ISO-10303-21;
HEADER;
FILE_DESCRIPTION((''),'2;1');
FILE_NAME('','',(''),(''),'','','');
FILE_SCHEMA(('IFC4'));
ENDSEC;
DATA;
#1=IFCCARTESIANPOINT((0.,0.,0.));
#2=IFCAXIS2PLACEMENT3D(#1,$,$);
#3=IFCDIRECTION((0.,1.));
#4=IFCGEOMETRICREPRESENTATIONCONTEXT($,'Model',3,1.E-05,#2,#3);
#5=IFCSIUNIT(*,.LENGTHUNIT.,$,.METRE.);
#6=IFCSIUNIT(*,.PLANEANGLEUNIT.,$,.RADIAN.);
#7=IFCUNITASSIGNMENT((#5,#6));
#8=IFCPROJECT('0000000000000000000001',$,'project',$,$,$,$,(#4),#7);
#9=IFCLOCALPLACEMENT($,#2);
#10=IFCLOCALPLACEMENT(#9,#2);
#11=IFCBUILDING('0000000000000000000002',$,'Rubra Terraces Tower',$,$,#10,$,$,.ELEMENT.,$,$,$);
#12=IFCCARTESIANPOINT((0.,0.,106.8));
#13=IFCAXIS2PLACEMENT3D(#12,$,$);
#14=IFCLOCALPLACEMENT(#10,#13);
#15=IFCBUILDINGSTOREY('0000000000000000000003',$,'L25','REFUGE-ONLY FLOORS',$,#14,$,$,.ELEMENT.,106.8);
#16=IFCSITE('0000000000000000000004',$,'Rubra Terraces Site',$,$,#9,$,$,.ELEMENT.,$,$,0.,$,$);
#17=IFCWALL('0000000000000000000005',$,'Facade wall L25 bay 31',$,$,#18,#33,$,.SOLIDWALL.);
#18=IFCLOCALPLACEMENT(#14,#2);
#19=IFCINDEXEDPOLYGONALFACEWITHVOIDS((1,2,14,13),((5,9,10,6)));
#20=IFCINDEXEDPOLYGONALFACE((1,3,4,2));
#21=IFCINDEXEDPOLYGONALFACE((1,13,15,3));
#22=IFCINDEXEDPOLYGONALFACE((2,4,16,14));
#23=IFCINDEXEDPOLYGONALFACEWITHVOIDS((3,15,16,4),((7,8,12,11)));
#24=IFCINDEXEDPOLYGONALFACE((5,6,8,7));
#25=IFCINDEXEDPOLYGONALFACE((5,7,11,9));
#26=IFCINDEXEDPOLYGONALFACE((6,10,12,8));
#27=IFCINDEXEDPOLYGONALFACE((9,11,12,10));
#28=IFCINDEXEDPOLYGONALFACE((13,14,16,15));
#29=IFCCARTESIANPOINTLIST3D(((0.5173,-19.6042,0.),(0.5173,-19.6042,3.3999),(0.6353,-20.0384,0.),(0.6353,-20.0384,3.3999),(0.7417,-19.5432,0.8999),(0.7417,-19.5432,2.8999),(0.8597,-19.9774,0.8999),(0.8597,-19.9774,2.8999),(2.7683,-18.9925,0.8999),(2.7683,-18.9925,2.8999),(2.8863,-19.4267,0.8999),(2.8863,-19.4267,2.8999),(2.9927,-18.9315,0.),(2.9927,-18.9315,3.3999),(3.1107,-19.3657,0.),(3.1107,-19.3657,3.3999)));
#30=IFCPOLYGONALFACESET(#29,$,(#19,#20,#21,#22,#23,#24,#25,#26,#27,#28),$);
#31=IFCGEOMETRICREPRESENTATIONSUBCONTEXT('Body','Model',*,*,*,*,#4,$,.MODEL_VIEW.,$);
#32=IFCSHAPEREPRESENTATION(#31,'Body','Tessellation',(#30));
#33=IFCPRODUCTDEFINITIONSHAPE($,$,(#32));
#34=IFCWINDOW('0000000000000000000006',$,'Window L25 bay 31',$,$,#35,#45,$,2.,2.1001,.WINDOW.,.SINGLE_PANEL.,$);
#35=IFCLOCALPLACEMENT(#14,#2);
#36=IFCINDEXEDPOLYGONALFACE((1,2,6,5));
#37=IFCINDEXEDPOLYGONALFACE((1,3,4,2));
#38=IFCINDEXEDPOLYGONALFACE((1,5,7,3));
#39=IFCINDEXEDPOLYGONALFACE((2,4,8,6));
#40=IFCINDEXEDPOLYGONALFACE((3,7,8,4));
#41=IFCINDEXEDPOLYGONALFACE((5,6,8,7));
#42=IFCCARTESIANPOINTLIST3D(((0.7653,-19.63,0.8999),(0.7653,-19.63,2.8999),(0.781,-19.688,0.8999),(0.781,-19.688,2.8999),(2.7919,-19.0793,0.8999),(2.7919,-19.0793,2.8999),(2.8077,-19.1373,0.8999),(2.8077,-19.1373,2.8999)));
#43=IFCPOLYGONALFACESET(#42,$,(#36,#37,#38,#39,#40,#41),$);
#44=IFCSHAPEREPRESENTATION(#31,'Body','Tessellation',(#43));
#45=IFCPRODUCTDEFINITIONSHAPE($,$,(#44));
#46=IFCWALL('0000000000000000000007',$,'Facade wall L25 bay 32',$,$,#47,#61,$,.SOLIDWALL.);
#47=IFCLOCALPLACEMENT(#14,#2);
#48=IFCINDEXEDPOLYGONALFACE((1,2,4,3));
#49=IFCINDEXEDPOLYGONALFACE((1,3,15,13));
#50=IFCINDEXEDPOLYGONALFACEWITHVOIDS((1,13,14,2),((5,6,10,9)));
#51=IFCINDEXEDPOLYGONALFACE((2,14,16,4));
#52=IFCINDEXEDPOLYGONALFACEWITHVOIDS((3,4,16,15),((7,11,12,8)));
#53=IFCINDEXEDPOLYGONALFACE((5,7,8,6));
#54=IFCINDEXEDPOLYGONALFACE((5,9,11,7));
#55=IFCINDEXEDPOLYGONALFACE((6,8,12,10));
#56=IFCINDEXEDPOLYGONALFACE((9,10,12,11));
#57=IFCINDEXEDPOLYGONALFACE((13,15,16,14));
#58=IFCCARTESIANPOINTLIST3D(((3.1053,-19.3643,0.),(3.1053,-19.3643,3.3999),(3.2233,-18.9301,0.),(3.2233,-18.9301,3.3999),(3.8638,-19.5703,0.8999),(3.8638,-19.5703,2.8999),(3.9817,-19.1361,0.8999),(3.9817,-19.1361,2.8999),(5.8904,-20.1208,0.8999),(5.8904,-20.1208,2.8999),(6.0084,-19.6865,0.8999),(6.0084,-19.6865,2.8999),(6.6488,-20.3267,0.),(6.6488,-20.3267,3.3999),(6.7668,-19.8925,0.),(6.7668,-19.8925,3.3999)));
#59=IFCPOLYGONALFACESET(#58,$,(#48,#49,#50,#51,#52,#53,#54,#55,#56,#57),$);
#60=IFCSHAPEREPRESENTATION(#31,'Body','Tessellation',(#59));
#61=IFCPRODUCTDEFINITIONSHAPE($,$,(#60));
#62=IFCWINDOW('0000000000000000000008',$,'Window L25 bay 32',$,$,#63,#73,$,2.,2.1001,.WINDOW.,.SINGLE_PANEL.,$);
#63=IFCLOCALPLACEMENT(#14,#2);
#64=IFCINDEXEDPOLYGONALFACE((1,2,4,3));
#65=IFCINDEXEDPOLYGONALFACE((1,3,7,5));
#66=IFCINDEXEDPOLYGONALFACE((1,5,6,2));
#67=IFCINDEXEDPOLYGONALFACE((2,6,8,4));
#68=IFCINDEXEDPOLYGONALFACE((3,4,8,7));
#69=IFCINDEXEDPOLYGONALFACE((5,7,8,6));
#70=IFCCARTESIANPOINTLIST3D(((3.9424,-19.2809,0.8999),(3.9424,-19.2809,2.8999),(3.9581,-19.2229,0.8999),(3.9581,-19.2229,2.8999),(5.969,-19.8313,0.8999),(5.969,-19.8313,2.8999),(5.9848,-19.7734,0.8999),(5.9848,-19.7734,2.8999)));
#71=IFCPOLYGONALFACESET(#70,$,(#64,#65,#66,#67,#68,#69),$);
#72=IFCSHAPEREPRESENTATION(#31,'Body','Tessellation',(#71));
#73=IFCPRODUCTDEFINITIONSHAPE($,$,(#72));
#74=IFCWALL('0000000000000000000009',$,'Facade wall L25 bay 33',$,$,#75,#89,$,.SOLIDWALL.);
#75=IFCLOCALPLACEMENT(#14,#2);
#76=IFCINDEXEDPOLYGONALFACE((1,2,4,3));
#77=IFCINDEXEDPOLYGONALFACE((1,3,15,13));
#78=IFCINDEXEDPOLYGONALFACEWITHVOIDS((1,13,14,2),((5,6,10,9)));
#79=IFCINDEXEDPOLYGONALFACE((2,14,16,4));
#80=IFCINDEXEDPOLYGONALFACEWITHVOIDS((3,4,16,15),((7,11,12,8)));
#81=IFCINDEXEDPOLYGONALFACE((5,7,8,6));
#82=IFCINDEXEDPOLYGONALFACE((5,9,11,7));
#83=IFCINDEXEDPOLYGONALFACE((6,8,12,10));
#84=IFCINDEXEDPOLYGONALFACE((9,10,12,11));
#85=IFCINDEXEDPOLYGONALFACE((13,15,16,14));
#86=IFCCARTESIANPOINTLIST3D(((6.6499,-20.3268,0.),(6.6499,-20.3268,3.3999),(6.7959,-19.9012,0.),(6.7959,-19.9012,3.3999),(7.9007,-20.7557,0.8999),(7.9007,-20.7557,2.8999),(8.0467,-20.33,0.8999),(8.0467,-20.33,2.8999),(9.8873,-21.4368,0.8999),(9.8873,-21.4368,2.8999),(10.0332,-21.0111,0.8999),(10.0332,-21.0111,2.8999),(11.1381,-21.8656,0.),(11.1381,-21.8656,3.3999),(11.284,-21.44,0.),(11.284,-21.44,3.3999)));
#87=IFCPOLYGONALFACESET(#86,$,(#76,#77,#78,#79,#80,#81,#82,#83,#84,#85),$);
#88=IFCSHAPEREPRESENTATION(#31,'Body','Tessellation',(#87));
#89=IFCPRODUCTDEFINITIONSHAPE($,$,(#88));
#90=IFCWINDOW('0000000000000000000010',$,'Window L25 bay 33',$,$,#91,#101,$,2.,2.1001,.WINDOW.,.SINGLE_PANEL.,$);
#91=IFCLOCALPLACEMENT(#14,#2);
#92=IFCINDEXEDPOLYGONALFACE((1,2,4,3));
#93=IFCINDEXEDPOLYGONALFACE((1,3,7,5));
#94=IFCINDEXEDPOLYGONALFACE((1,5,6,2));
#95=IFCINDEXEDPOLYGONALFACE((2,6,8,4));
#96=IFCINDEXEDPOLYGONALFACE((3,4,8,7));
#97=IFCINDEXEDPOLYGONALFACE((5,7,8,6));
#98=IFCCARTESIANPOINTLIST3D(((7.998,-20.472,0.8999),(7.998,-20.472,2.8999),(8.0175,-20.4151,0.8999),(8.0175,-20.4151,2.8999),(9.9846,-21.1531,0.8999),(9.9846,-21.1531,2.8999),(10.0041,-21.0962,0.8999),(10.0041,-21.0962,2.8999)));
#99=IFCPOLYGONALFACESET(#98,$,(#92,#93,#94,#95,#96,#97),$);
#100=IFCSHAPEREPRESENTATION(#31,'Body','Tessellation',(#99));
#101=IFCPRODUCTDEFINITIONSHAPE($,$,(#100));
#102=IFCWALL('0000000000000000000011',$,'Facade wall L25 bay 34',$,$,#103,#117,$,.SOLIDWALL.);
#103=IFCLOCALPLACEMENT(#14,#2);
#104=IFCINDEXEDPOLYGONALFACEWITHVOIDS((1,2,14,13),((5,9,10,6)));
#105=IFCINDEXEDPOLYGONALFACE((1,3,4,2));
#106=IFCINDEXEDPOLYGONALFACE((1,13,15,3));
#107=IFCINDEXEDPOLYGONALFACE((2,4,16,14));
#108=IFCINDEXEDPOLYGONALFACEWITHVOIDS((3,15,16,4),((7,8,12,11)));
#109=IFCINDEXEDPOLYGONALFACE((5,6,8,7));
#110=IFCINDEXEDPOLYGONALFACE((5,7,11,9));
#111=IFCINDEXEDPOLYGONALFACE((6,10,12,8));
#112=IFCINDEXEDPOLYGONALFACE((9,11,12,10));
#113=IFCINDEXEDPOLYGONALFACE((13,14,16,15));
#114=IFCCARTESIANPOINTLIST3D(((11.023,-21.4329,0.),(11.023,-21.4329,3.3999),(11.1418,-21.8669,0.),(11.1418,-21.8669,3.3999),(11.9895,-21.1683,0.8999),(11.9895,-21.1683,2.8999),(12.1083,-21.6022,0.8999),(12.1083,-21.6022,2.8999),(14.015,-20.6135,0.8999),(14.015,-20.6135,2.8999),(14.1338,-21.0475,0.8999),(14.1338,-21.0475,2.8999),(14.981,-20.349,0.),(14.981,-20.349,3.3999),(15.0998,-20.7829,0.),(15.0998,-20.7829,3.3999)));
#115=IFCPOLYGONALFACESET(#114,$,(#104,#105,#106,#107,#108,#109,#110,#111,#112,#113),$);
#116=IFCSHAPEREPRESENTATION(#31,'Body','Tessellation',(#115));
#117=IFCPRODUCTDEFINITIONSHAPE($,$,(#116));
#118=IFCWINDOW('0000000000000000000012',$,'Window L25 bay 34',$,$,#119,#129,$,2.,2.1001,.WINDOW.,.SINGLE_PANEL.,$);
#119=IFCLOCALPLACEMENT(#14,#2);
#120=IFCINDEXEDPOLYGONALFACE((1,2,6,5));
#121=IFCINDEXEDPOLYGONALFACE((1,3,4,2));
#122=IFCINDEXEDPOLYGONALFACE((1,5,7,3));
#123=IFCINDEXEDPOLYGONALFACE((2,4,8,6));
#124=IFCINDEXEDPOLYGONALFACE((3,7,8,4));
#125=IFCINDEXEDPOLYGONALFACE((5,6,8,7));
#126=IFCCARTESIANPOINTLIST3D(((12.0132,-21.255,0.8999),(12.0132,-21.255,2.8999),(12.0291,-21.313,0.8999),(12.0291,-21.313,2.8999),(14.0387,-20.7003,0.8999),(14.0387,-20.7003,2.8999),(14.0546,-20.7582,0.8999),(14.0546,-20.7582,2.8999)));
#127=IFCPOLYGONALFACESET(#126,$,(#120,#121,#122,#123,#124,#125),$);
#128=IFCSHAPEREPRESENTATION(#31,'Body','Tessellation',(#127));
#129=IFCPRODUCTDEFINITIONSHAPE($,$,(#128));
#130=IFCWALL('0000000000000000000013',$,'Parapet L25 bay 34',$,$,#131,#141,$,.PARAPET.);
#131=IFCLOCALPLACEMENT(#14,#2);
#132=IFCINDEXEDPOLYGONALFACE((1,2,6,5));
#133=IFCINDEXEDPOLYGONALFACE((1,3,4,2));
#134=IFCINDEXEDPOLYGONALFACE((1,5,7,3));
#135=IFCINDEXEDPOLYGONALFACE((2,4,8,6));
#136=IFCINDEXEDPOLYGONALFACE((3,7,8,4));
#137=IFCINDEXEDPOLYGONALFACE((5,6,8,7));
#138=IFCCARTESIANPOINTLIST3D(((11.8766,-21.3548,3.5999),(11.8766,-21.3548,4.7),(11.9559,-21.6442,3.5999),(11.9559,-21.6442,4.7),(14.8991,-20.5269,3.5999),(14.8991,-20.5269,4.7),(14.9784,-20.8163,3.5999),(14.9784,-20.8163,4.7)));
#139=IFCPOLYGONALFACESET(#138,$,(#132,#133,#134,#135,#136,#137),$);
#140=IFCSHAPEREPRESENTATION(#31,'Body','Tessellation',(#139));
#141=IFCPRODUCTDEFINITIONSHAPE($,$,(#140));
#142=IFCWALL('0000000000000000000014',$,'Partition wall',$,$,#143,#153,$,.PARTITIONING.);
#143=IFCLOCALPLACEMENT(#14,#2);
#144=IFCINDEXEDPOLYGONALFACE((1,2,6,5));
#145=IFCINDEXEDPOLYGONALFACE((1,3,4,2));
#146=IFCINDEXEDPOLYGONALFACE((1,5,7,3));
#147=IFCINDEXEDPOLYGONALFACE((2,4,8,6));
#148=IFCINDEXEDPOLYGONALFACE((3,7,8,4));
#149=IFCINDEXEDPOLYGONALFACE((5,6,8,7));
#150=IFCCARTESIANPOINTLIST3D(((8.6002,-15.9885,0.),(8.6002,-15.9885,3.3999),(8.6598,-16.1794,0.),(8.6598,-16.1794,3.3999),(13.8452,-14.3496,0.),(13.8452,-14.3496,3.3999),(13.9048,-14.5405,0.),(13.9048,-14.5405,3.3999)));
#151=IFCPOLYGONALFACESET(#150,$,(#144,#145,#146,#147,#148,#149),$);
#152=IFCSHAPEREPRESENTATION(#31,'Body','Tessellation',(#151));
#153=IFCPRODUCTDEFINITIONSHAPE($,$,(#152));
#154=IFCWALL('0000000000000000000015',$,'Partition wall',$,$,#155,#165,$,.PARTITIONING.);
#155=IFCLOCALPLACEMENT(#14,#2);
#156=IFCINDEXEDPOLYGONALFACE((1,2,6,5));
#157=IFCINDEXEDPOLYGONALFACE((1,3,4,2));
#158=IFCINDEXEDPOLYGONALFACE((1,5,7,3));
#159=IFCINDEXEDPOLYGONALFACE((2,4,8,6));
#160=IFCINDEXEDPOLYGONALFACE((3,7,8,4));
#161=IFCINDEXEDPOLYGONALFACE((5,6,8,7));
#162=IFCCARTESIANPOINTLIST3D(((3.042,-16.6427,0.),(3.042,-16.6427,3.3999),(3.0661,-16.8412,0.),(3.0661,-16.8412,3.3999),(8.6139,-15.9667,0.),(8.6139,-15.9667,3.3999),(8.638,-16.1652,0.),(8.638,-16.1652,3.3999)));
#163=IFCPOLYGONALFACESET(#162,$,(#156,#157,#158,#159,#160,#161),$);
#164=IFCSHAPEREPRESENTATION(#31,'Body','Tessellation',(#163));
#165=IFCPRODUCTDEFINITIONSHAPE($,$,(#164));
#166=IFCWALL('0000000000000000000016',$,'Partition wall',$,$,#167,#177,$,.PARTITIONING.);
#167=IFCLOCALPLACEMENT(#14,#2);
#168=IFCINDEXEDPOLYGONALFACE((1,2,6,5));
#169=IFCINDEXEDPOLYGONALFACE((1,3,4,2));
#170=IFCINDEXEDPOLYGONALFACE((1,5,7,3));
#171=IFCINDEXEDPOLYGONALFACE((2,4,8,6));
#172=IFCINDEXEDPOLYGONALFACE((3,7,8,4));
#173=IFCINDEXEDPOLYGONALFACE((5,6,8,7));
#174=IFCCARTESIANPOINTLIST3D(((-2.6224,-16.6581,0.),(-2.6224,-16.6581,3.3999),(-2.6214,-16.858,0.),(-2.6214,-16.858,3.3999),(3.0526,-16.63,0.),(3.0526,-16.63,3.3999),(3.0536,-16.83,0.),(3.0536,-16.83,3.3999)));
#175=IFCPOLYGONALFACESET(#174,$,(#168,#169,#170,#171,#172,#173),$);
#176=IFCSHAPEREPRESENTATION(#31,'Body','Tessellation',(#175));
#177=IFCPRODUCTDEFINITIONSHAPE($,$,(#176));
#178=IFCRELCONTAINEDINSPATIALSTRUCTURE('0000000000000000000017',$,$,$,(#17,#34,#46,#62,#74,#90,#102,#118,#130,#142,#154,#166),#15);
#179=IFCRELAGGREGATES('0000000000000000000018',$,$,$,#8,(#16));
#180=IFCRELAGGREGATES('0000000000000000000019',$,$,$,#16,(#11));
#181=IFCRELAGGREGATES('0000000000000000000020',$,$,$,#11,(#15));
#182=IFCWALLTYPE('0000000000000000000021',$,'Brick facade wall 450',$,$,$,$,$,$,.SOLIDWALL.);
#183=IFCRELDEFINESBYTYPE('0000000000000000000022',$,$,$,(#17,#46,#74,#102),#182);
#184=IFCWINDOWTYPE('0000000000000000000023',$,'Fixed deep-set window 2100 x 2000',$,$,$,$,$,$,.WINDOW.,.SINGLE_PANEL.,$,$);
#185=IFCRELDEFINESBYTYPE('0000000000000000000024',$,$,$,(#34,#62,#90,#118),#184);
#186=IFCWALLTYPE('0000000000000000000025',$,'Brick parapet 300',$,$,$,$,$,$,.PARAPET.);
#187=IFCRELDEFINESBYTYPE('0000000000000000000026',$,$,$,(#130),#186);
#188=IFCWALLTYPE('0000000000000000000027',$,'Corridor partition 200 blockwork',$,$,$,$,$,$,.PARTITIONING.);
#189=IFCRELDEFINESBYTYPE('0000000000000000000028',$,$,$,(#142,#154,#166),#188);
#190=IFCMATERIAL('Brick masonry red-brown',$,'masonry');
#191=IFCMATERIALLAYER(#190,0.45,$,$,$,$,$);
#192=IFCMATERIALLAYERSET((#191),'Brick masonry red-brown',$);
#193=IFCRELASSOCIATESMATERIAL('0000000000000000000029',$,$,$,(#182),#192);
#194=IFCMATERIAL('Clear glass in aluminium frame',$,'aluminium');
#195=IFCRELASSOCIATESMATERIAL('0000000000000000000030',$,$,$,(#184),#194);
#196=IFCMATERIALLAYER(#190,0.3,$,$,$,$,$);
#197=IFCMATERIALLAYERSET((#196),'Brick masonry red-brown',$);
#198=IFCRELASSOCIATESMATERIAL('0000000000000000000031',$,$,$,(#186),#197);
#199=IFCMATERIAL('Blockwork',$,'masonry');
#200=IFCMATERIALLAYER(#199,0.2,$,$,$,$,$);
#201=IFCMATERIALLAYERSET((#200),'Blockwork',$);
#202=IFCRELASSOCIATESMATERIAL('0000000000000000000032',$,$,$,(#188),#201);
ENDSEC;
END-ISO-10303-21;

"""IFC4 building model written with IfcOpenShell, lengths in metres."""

from ifc_helpers import new_model, si_unit, direction, frame, frame_2d, origin, place, context, subcontext, project, spatial, rectangle, extrude, material, layer, layer_set, type_object, element, fill, save


model = new_model("IFC4")

# Units and contexts
model_context = context("Model", 3, precision=1e-05, world=origin(), true_north=direction((0.0, 1.0)))
body_context = subcontext(model_context, "Body", "Model", "MODEL_VIEW")
ifc_project = project(units=[si_unit("LENGTHUNIT", "METRE"), si_unit("PLANEANGLEUNIT", "RADIAN")], contexts=[model_context])

# Site, building, storey
site_placement = place(None, origin())
site = spatial("IfcSite", under=ifc_project, at=site_placement, Name="Rubra Terraces Site", CompositionType="ELEMENT", RefElevation=0.0)
building_placement = place(site_placement, origin())
building = spatial("IfcBuilding", under=site, at=building_placement, Name="Rubra Terraces Tower", CompositionType="ELEMENT")
storey_placement = place(building_placement, frame((0.0, 0.0, 106.8)))
storey = spatial("IfcBuildingStorey", under=building, at=storey_placement, Name="L25", Description="REFUGE-ONLY FLOORS", CompositionType="ELEMENT", Elevation=106.8)

# Walls, openings, windows
ifc_material_1 = material(Name="Brick masonry red-brown", Category="masonry")
ifc_layer_1 = layer(ifc_material_1, 0.45)
ifc_layer_set_1 = layer_set([ifc_layer_1], Name="Brick masonry red-brown")
wall_type_1 = type_object("IfcWallType", Name="Brick facade wall 450", PredefinedType="SOLIDWALL", material=ifc_layer_set_1)
wall_1_placement = place(storey_placement, frame((0.5762, -19.8213, 0.0), z_axis=(0.0, 0.0, 1.0), x_axis=(0.965009, 0.262215, 0.0)))
wall_1 = element("IfcWall", 1, at=wall_1_placement, inside=storey, type_object=wall_type_1, Name="Facade wall L25 bay 31", PredefinedType="SOLIDWALL", context=body_context, shape_type="SweptSolid", body=[
    extrude(rectangle(XDim=2.5652, YDim=0.45, at=frame_2d((1.2827, 0.0))), origin(), (0.0, 0.0, 1.0), 3.3999),
])
opening_1_placement = place(wall_1_placement, frame((0.2327, 0.0, 0.8999)))
opening_1 = element("IfcOpeningElement", 2, at=opening_1_placement, cuts=wall_1, PredefinedType="OPENING", context=body_context, shape_type="SweptSolid", body=[
    extrude(rectangle(XDim=2.1001, YDim=2.0, at=frame_2d((1.05, 1.0))), frame((0.0, 0.2349, 0.0), z_axis=(0.0, -1.0, 0.0), x_axis=(1.0, 0.0, 0.0)), (0.0, 0.0, 1.0), 0.47),
])
ifc_material_2 = material(Name="Clear glass in aluminium frame", Category="aluminium")
window_type = type_object("IfcWindowType", Name="Fixed deep-set window 2100 x 2000", PartitioningType="SINGLE_PANEL", PredefinedType="WINDOW", material=ifc_material_2)
window_1_placement = place(opening_1_placement, origin())
window_1 = element("IfcWindow", 3, at=window_1_placement, inside=storey, type_object=window_type, Name="Window L25 bay 31", OverallHeight=2.0, OverallWidth=2.1001, PartitioningType="SINGLE_PANEL", PredefinedType="WINDOW", context=body_context, shape_type="SweptSolid", body=[
    extrude(rectangle(XDim=2.1001, YDim=2.0, at=frame_2d((1.05, 1.0))), frame((0.0, 0.135, 0.0), z_axis=(0.0, -1.0, 0.0), x_axis=(1.0, 0.0, 0.0)), (0.0, 0.0, 1.0), 0.0601),
])
fill(opening_1, window_1)
wall_2_placement = place(storey_placement, frame((3.1643, -19.1472, 0.0), z_axis=(0.0, 0.0, 1.0), x_axis=(0.965039, -0.262105, 0.0)))
wall_2 = element("IfcWall", 4, at=wall_2_placement, inside=storey, type_object=wall_type_1, Name="Facade wall L25 bay 32", PredefinedType="SOLIDWALL", context=body_context, shape_type="SweptSolid", body=[
    extrude(rectangle(XDim=3.6719, YDim=0.45, at=frame_2d((1.8359, 0.0))), origin(), (0.0, 0.0, 1.0), 3.3999),
])
opening_2_placement = place(wall_2_placement, frame((0.7859, 0.0, 0.8999)))
opening_2 = element("IfcOpeningElement", 5, at=opening_2_placement, cuts=wall_2, PredefinedType="OPENING", context=body_context, shape_type="SweptSolid", body=[
    extrude(rectangle(XDim=2.1001, YDim=2.0, at=frame_2d((1.05, 1.0))), frame((0.0, 0.2349, 0.0), z_axis=(0.0, -1.0, 0.0), x_axis=(1.0, 0.0, 0.0)), (0.0, 0.0, 1.0), 0.47),
])
window_2_placement = place(opening_2_placement, origin())
window_2 = element("IfcWindow", 6, at=window_2_placement, inside=storey, type_object=window_type, Name="Window L25 bay 32", OverallHeight=2.0, OverallWidth=2.1001, PartitioningType="SINGLE_PANEL", PredefinedType="WINDOW", context=body_context, shape_type="SweptSolid", body=[
    extrude(rectangle(XDim=2.1001, YDim=2.0, at=frame_2d((1.05, 1.0))), frame((0.0, 0.135, 0.0), z_axis=(0.0, -1.0, 0.0), x_axis=(1.0, 0.0, 0.0)), (0.0, 0.0, 1.0), 0.0601),
])
fill(opening_2, window_2)
wall_3_placement = place(storey_placement, frame((6.7229, -20.114, 0.0), z_axis=(0.0, 0.0, 1.0), x_axis=(0.945947, -0.32432, 0.0)))
wall_3 = element("IfcWall", 7, at=wall_3_placement, inside=storey, type_object=wall_type_1, Name="Facade wall L25 bay 33", PredefinedType="SOLIDWALL", context=body_context, shape_type="SweptSolid", body=[
    extrude(rectangle(XDim=4.7446, YDim=0.45, at=frame_2d((2.3723, 0.0))), origin(), (0.0, 0.0, 1.0), 3.3999),
])
opening_3_placement = place(wall_3_placement, frame((1.3223, 0.0, 0.8999)))
opening_3 = element("IfcOpeningElement", 8, at=opening_3_placement, cuts=wall_3, PredefinedType="OPENING", context=body_context, shape_type="SweptSolid", body=[
    extrude(rectangle(XDim=2.1001, YDim=2.0, at=frame_2d((1.05, 1.0))), frame((0.0, 0.2349, 0.0), z_axis=(0.0, -1.0, 0.0), x_axis=(1.0, 0.0, 0.0)), (0.0, 0.0, 1.0), 0.47),
])
window_3_placement = place(opening_3_placement, origin())
window_3 = element("IfcWindow", 9, at=window_3_placement, inside=storey, type_object=window_type, Name="Window L25 bay 33", OverallHeight=2.0, OverallWidth=2.1001, PartitioningType="SINGLE_PANEL", PredefinedType="WINDOW", context=body_context, shape_type="SweptSolid", body=[
    extrude(rectangle(XDim=2.1001, YDim=2.0, at=frame_2d((1.05, 1.0))), frame((0.0, 0.135, 0.0), z_axis=(0.0, -1.0, 0.0), x_axis=(1.0, 0.0, 0.0)), (0.0, 0.0, 1.0), 0.0601),
])
fill(opening_3, window_3)
wall_4_placement = place(storey_placement, frame((11.0825, -21.6499, 0.0), z_axis=(0.0, 0.0, 1.0), x_axis=(0.964483, 0.264144, 0.0)))
wall_4 = element("IfcWall", 10, at=wall_4_placement, inside=storey, type_object=wall_type_1, Name="Facade wall L25 bay 34", PredefinedType="SOLIDWALL", context=body_context, shape_type="SweptSolid", body=[
    extrude(rectangle(XDim=4.1038, YDim=0.45, at=frame_2d((2.0518, 0.0))), origin(), (0.0, 0.0, 1.0), 3.3999),
])
opening_4_placement = place(wall_4_placement, frame((1.002, 0.0, 0.8999)))
opening_4 = element("IfcOpeningElement", 11, at=opening_4_placement, cuts=wall_4, PredefinedType="OPENING", context=body_context, shape_type="SweptSolid", body=[
    extrude(rectangle(XDim=2.1001, YDim=2.0, at=frame_2d((1.05, 1.0))), frame((0.0, 0.2349, 0.0), z_axis=(0.0, -1.0, 0.0), x_axis=(1.0, 0.0, 0.0)), (0.0, 0.0, 1.0), 0.47),
])
window_4_placement = place(opening_4_placement, origin())
window_4 = element("IfcWindow", 12, at=window_4_placement, inside=storey, type_object=window_type, Name="Window L25 bay 34", OverallHeight=2.0, OverallWidth=2.1001, PartitioningType="SINGLE_PANEL", PredefinedType="WINDOW", context=body_context, shape_type="SweptSolid", body=[
    extrude(rectangle(XDim=2.1001, YDim=2.0, at=frame_2d((1.05, 1.0))), frame((0.0, 0.135, 0.0), z_axis=(0.0, -1.0, 0.0), x_axis=(1.0, 0.0, 0.0)), (0.0, 0.0, 1.0), 0.0601),
])
fill(opening_4, window_4)

# Walls
ifc_layer_2 = layer(ifc_material_1, 0.3)
ifc_layer_set_2 = layer_set([ifc_layer_2], Name="Brick masonry red-brown")
wall_type_2 = type_object("IfcWallType", Name="Brick parapet 300", PredefinedType="PARAPET", material=ifc_layer_set_2)
wall_5_placement = place(storey_placement, frame((11.9163, -21.4995, 3.5999), z_axis=(0.0, 0.0, 1.0), x_axis=(0.964474, 0.264179, 0.0)))
element("IfcWall", 13, at=wall_5_placement, inside=storey, type_object=wall_type_2, Name="Parapet L25 bay 34", PredefinedType="PARAPET", context=body_context, shape_type="SweptSolid", body=[
    extrude(rectangle(XDim=3.1338, YDim=0.3, at=frame_2d((1.5669, 0.0))), origin(), (0.0, 0.0, 1.0), 1.1001),
])
ifc_material_3 = material(Name="Blockwork", Category="masonry")
ifc_layer_3 = layer(ifc_material_3, 0.2)
ifc_layer_set_3 = layer_set([ifc_layer_3], Name="Blockwork")
wall_type_3 = type_object("IfcWallType", Name="Corridor partition 200 blockwork", PredefinedType="PARTITIONING", material=ifc_layer_set_3)
wall_6_placement = place(storey_placement, frame((13.875, -14.4451, 0.0), z_axis=(0.0, 0.0, 1.0), x_axis=(-0.954489, -0.298245, 0.0)))
element("IfcWall", 14, at=wall_6_placement, inside=storey, type_object=wall_type_3, Name="Partition wall", PredefinedType="PARTITIONING", context=body_context, shape_type="SweptSolid", body=[
    extrude(rectangle(XDim=5.4951, YDim=0.2, at=frame_2d((2.7476, 0.0))), origin(), (0.0, 0.0, 1.0), 3.3999),
])
wall_7_placement = place(storey_placement, frame((8.626, -16.0659, 0.0), z_axis=(0.0, 0.0, 1.0), x_axis=(-0.99272, -0.120442, 0.0)))
element("IfcWall", 15, at=wall_7_placement, inside=storey, type_object=wall_type_3, Name="Partition wall", PredefinedType="PARTITIONING", context=body_context, shape_type="SweptSolid", body=[
    extrude(rectangle(XDim=5.6128, YDim=0.2, at=frame_2d((2.8064, 0.0))), origin(), (0.0, 0.0, 1.0), 3.3999),
])
wall_8_placement = place(storey_placement, frame((3.053, -16.73, 0.0), z_axis=(0.0, 0.0, 1.0), x_axis=(-0.999988, -0.004947, 0.0)))
element("IfcWall", 16, at=wall_8_placement, inside=storey, type_object=wall_type_3, Name="Partition wall", PredefinedType="PARTITIONING", context=body_context, shape_type="SweptSolid", body=[
    extrude(rectangle(XDim=5.675, YDim=0.2, at=frame_2d((2.8374, 0.0))), origin(), (0.0, 0.0, 1.0), 3.3999),
])

save(model, "model.ifc")
